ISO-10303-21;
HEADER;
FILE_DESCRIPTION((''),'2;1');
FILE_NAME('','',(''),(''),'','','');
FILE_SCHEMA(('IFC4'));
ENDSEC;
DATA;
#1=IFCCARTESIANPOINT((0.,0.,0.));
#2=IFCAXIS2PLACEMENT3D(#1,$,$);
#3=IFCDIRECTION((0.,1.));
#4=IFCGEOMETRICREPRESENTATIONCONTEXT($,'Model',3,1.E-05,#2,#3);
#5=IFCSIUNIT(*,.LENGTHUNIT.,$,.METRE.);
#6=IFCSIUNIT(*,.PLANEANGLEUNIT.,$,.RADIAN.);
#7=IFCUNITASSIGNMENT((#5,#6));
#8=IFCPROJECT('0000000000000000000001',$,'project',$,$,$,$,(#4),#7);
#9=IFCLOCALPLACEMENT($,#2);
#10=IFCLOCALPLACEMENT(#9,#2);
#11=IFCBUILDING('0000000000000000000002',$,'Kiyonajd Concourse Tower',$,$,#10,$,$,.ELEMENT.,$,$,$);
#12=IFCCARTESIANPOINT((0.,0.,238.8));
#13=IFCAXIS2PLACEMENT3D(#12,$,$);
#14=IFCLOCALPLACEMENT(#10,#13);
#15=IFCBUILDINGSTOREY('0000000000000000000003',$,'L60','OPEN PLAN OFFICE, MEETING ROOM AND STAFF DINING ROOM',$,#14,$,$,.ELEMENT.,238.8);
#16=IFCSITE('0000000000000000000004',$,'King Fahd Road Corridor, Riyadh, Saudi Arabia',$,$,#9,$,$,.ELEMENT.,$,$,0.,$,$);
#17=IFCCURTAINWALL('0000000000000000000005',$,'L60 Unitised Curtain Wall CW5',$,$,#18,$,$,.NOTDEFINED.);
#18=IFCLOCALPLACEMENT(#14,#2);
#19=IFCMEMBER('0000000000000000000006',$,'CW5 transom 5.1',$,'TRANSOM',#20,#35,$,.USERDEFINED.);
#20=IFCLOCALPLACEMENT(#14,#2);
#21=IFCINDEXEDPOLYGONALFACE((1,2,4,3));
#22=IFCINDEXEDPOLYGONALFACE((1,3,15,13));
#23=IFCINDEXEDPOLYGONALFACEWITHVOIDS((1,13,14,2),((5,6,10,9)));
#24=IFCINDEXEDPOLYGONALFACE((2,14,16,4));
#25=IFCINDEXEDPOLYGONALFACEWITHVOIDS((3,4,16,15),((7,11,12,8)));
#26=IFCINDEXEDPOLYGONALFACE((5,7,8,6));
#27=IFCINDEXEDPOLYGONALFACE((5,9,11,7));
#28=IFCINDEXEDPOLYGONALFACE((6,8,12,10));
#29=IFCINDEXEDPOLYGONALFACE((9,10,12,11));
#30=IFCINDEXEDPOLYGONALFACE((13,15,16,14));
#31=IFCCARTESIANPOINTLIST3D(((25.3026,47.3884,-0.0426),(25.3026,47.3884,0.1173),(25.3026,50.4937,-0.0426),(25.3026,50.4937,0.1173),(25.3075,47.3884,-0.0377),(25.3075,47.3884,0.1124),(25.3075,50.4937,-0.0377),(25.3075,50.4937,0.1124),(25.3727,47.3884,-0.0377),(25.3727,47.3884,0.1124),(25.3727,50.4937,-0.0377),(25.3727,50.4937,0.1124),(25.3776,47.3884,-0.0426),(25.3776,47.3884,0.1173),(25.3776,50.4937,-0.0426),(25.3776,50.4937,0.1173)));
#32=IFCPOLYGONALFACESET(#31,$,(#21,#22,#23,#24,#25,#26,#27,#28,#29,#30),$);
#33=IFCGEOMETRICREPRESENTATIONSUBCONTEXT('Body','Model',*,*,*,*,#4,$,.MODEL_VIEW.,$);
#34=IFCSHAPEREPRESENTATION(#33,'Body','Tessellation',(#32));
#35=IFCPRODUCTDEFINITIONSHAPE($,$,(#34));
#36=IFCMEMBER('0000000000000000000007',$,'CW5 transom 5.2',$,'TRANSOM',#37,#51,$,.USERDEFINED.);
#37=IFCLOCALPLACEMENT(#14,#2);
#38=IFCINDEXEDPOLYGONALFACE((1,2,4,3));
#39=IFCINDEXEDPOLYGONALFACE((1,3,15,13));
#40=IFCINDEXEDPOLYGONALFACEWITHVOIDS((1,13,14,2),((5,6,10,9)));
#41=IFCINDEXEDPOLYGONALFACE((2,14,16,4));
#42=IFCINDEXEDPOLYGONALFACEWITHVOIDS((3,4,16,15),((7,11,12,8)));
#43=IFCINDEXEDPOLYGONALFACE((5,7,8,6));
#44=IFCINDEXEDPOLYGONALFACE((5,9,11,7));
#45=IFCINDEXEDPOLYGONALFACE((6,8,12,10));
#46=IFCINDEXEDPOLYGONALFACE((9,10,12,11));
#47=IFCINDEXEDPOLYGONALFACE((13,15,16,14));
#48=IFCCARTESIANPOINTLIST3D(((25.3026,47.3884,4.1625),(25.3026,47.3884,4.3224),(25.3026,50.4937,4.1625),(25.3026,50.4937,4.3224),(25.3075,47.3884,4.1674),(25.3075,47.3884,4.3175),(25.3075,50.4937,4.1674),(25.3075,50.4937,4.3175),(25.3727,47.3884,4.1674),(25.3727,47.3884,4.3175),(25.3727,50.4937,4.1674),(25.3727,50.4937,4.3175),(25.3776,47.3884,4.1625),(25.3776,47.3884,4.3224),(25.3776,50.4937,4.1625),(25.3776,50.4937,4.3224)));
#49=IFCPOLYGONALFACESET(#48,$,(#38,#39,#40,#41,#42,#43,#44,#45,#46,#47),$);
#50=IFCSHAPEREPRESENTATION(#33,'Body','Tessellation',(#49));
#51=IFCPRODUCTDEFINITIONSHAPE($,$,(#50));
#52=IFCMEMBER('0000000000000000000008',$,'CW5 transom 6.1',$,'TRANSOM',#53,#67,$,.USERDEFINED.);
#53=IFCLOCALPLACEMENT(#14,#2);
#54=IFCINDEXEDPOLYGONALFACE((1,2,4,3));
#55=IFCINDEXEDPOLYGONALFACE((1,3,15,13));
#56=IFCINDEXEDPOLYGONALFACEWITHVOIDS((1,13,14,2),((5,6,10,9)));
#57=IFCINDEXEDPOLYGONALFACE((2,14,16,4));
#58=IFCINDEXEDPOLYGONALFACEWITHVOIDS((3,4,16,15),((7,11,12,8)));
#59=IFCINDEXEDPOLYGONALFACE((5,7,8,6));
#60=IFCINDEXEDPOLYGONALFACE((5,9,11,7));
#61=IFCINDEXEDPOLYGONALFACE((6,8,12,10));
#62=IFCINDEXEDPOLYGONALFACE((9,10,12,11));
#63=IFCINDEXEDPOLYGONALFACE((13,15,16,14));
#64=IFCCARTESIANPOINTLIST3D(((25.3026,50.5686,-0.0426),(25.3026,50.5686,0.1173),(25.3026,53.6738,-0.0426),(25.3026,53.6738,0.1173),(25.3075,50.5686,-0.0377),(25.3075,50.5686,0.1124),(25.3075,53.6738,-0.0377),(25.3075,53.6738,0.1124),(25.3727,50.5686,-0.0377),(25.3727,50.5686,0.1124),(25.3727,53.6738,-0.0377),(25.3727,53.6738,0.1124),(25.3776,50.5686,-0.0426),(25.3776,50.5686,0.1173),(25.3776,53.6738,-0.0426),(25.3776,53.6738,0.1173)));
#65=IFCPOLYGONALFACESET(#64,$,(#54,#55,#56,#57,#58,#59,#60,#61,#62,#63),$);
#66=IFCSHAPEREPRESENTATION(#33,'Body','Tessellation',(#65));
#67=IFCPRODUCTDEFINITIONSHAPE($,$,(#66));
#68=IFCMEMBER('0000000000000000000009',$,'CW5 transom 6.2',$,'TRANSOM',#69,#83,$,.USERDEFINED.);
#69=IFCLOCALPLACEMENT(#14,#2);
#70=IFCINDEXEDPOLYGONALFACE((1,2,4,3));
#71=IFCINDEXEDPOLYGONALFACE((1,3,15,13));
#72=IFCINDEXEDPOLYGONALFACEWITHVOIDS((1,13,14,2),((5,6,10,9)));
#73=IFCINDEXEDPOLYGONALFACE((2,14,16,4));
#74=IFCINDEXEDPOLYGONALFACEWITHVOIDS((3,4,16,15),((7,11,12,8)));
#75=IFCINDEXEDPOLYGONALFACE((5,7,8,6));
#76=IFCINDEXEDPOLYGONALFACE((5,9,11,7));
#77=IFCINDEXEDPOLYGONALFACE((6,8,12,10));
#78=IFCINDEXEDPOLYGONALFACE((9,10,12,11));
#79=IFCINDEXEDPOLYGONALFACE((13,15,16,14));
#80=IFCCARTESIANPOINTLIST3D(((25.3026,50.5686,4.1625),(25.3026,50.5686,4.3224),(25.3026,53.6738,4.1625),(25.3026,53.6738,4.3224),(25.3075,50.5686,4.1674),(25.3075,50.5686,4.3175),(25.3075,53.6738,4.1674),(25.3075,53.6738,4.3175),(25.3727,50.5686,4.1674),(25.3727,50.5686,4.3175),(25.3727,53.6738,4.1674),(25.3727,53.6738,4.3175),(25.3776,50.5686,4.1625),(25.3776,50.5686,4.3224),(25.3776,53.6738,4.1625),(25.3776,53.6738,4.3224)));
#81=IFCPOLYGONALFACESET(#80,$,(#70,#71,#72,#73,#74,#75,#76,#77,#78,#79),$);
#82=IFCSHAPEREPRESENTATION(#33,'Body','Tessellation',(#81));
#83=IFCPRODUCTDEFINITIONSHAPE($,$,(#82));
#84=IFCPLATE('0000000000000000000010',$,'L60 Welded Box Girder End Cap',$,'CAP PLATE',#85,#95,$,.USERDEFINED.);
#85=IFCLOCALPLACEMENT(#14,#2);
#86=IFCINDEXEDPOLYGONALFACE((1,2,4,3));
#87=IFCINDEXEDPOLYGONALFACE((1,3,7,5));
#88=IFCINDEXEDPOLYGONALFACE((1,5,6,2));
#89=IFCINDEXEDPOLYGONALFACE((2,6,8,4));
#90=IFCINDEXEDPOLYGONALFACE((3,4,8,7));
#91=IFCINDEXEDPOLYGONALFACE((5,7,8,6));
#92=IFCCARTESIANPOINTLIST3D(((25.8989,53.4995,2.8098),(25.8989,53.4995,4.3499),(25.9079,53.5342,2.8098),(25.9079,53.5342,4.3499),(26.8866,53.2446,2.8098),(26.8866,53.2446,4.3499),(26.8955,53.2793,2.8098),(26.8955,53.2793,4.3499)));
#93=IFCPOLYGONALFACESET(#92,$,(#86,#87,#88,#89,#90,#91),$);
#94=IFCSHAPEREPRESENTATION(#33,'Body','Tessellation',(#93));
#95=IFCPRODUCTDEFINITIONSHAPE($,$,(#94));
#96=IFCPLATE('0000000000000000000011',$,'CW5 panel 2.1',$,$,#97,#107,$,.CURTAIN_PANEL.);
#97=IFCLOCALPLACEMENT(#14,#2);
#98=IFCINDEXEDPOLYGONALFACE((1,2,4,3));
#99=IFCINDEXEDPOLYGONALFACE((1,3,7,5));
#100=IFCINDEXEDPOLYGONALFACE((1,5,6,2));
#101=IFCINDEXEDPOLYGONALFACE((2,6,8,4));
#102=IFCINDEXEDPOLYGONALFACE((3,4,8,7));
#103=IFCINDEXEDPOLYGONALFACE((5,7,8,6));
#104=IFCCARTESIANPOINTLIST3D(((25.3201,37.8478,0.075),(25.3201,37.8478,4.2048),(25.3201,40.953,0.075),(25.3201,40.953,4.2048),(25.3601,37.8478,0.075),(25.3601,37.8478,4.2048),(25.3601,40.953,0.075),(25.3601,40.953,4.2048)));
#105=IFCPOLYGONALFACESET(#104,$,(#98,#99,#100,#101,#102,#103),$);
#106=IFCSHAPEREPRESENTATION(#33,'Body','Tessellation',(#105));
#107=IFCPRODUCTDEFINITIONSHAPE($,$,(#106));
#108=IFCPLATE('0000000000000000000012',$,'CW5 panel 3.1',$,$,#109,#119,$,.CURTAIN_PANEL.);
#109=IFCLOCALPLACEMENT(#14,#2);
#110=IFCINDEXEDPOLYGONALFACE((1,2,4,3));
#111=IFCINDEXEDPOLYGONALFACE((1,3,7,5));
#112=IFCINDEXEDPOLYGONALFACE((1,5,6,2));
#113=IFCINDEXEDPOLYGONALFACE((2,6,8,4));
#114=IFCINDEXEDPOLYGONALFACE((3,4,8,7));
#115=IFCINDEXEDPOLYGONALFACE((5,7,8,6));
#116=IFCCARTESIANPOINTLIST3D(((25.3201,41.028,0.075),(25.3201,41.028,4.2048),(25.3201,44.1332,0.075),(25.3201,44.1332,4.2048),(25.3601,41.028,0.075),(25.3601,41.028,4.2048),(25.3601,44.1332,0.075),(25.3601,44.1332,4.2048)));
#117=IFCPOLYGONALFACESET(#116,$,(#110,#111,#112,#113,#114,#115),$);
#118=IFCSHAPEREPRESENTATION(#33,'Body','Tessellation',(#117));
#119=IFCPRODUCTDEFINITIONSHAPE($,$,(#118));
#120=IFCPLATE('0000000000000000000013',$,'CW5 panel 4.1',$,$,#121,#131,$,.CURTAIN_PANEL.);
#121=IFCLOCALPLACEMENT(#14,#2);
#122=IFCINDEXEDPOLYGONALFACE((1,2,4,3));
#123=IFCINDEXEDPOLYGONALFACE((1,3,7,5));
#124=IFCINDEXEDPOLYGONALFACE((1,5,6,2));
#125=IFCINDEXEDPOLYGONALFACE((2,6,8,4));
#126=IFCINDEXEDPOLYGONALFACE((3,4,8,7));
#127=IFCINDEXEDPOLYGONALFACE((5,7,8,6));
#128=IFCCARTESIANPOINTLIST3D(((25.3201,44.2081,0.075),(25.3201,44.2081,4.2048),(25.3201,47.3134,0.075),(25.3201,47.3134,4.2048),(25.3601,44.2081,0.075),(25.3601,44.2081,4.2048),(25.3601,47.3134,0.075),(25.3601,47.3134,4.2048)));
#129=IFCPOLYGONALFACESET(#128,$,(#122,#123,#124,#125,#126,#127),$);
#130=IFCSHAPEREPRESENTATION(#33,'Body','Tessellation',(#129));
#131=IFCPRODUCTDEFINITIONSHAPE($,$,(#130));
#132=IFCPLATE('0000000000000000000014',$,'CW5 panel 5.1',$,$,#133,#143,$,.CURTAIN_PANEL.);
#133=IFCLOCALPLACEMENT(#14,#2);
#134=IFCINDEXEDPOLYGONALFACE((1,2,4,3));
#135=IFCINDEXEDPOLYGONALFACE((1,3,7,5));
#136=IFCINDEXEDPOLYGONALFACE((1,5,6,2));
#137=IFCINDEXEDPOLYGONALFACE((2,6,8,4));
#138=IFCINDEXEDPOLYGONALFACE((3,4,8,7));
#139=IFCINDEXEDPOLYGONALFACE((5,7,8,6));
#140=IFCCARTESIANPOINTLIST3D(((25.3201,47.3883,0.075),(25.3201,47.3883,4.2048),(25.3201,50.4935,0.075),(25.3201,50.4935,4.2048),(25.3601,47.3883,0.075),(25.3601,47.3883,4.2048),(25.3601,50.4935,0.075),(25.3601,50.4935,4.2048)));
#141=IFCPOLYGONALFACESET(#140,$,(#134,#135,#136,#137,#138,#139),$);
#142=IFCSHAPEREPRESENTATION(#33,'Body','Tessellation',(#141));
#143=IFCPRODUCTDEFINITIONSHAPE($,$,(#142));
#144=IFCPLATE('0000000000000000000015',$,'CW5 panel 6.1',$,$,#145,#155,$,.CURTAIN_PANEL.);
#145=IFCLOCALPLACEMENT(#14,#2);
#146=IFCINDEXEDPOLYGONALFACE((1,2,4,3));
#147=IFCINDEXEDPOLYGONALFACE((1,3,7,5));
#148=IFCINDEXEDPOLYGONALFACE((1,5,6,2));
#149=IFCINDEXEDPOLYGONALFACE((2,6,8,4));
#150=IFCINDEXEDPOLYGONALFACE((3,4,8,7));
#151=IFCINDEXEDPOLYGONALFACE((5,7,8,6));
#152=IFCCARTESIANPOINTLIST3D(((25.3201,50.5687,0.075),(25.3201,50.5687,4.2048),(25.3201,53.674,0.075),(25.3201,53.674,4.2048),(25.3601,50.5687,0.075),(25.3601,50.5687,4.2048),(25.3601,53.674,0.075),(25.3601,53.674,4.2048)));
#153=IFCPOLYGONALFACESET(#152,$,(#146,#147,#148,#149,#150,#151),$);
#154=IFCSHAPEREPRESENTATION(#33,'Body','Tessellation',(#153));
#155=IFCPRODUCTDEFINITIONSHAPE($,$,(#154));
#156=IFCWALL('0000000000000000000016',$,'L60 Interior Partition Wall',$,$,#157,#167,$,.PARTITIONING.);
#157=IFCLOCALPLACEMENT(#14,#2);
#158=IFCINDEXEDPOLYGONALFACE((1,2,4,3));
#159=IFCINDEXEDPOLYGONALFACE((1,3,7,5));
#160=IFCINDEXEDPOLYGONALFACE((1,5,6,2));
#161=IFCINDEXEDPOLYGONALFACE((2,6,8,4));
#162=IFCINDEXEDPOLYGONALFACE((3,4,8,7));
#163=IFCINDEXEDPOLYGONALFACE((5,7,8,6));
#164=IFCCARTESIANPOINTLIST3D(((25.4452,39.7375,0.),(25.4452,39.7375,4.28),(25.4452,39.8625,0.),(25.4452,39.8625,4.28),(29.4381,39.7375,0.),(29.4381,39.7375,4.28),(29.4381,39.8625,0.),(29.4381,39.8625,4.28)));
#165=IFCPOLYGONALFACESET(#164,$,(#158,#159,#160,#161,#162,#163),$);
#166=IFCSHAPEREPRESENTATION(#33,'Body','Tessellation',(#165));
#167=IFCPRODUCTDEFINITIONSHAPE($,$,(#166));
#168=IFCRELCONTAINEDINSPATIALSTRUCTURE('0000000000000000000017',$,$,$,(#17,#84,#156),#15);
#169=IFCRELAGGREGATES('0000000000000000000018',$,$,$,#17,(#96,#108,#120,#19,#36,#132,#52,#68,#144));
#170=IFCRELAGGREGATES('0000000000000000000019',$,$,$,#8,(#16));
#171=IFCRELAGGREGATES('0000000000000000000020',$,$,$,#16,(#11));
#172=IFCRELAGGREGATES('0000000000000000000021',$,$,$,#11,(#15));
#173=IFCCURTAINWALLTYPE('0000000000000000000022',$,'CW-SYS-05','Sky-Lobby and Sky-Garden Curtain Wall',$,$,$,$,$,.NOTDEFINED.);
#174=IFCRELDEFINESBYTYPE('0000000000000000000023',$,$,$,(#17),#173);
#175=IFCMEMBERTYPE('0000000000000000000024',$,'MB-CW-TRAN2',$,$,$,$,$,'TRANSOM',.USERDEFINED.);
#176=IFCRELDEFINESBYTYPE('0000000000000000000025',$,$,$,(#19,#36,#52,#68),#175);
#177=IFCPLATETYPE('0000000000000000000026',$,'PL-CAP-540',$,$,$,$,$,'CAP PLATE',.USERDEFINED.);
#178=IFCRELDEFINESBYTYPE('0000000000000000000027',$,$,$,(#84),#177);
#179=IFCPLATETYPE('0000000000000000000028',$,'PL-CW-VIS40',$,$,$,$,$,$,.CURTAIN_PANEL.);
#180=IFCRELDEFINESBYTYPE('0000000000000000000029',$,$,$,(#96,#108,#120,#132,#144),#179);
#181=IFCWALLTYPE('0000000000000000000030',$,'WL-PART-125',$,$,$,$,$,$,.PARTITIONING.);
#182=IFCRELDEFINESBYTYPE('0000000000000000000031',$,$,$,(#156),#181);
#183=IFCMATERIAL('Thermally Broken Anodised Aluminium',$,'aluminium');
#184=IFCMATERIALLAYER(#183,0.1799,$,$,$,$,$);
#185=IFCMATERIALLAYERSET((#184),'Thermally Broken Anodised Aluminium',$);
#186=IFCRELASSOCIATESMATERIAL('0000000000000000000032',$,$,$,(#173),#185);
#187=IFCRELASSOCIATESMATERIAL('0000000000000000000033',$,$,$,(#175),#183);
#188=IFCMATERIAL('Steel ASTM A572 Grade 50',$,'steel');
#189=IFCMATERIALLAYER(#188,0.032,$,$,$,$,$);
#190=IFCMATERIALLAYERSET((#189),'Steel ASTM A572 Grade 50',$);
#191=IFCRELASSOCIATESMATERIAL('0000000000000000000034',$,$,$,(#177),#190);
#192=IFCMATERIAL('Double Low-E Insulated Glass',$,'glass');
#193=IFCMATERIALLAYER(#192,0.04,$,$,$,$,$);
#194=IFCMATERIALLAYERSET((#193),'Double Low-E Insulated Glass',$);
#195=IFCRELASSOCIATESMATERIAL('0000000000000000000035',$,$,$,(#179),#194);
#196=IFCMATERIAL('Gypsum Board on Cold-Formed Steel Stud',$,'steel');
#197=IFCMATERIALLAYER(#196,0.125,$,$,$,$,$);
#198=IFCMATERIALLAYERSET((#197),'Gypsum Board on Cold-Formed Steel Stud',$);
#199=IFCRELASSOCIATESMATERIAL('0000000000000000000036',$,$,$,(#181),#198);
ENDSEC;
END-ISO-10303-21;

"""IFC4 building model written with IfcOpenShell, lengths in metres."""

from ifc_helpers import new_model, si_unit, direction, frame, frame_2d, origin, origin_2d, place, context, subcontext, project, spatial, rectangle, hollow_rectangle, extrude, material, layer, layer_set, material_profile, profile_set, type_object, element, aggregate, save


model = new_model("IFC4")

# Units and contexts
model_context = context("Model", 3, precision=1e-05, world=origin(), true_north=direction((0.0, 1.0)))
body_context = subcontext(model_context, "Body", "Model", "MODEL_VIEW")
ifc_project = project(units=[si_unit("LENGTHUNIT", "METRE"), si_unit("PLANEANGLEUNIT", "RADIAN")], contexts=[model_context])

# Site, building, storey
site_placement = place(None, origin())
site = spatial("IfcSite", under=ifc_project, at=site_placement, Name="King Fahd Road Corridor, Riyadh, Saudi Arabia", CompositionType="ELEMENT", RefElevation=0.0)
building_placement = place(site_placement, origin())
building = spatial("IfcBuilding", under=site, at=building_placement, Name="Kiyonajd Concourse Tower", CompositionType="ELEMENT")
storey_placement = place(building_placement, frame((0.0, 0.0, 238.8)))
storey = spatial("IfcBuildingStorey", under=building, at=storey_placement, Name="L60", Description="OPEN PLAN OFFICE, MEETING ROOM AND STAFF DINING ROOM", CompositionType="ELEMENT", Elevation=238.8)

# Curtain wall, members
ifc_material_1 = material(Name="Thermally Broken Anodised Aluminium", Category="aluminium")
ifc_layer_1 = layer(ifc_material_1, 0.1799)
ifc_layer_set_1 = layer_set([ifc_layer_1], Name="Thermally Broken Anodised Aluminium")
curtain_wall_type = type_object("IfcCurtainWallType", Name="CW-SYS-05", Description="Sky-Lobby and Sky-Garden Curtain Wall", PredefinedType="NOTDEFINED", material=ifc_layer_set_1)
curtain_wall_placement = place(storey_placement, origin())
curtain_wall = element("IfcCurtainWall", 1, at=curtain_wall_placement, inside=storey, type_object=curtain_wall_type, Name="L60 Unitised Curtain Wall CW5", PredefinedType="NOTDEFINED")
ifc_material_profile_1 = material_profile(ifc_material_1, hollow_rectangle(XDim=0.075, YDim=0.1599, WallThickness=0.0049, at=origin_2d()), Name="TRAN-75x160")
ifc_profile_set_1 = profile_set([ifc_material_profile_1], Name="Thermally Broken Anodised Aluminium")
member_type_1 = type_object("IfcMemberType", Name="MB-CW-TRAN2", ElementType="TRANSOM", PredefinedType="USERDEFINED", material=ifc_profile_set_1)
member_1_placement = place(storey_placement, frame((25.3401, 47.3884, 0.0374), z_axis=(0.0, 1.0, 0.0), x_axis=(-1.0, 0.0, 0.0)))
member_1 = element("IfcMember", 2, at=member_1_placement, type_object=member_type_1, Name="CW5 transom 5.1", ObjectType="TRANSOM", PredefinedType="USERDEFINED", context=body_context, shape_type="SweptSolid", body=[
    extrude(hollow_rectangle(XDim=0.075, YDim=0.1599, WallThickness=0.0049, at=origin_2d()), origin(), (0.0, 0.0, 1.0), 3.1052),
])
member_2_placement = place(storey_placement, frame((25.3401, 47.3884, 4.2424), z_axis=(0.0, 1.0, 0.0), x_axis=(-1.0, 0.0, 0.0)))
member_2 = element("IfcMember", 3, at=member_2_placement, type_object=member_type_1, Name="CW5 transom 5.2", ObjectType="TRANSOM", PredefinedType="USERDEFINED", context=body_context, shape_type="SweptSolid", body=[
    extrude(hollow_rectangle(XDim=0.075, YDim=0.1599, WallThickness=0.0049, at=origin_2d()), origin(), (0.0, 0.0, 1.0), 3.1052),
])
member_3_placement = place(storey_placement, frame((25.3401, 50.5686, 0.0374), z_axis=(0.0, 1.0, 0.0), x_axis=(-1.0, 0.0, 0.0)))
member_3 = element("IfcMember", 4, at=member_3_placement, type_object=member_type_1, Name="CW5 transom 6.1", ObjectType="TRANSOM", PredefinedType="USERDEFINED", context=body_context, shape_type="SweptSolid", body=[
    extrude(hollow_rectangle(XDim=0.075, YDim=0.1599, WallThickness=0.0049, at=origin_2d()), origin(), (0.0, 0.0, 1.0), 3.1052),
])
member_4_placement = place(storey_placement, frame((25.3401, 50.5686, 4.2424), z_axis=(0.0, 1.0, 0.0), x_axis=(-1.0, 0.0, 0.0)))
member_4 = element("IfcMember", 5, at=member_4_placement, type_object=member_type_1, Name="CW5 transom 6.2", ObjectType="TRANSOM", PredefinedType="USERDEFINED", context=body_context, shape_type="SweptSolid", body=[
    extrude(hollow_rectangle(XDim=0.075, YDim=0.1599, WallThickness=0.0049, at=origin_2d()), origin(), (0.0, 0.0, 1.0), 3.1052),
])

# Plates
ifc_material_2 = material(Name="Steel ASTM A572 Grade 50", Category="steel")
ifc_layer_2 = layer(ifc_material_2, 0.032)
ifc_layer_set_2 = layer_set([ifc_layer_2], Name="Steel ASTM A572 Grade 50")
plate_type_1 = type_object("IfcPlateType", Name="PL-CAP-540", ElementType="CAP PLATE", PredefinedType="USERDEFINED", material=ifc_layer_set_2)
plate_1_placement = place(storey_placement, frame((26.3972, 53.3894, 2.8098), z_axis=(0.0, 0.0, 1.0), x_axis=(-0.249873, -0.968279, 0.0)))
element("IfcPlate", 6, at=plate_1_placement, inside=storey, type_object=plate_type_1, Name="L60 Welded Box Girder End Cap", ObjectType="CAP PLATE", PredefinedType="USERDEFINED", context=body_context, shape_type="SweptSolid", body=[
    extrude(rectangle(XDim=0.0359, YDim=1.02, at=origin_2d()), origin(), (0.0, 0.0, 1.0), 1.54),
])
ifc_material_3 = material(Name="Double Low-E Insulated Glass", Category="glass")
ifc_layer_3 = layer(ifc_material_3, 0.04)
ifc_layer_set_3 = layer_set([ifc_layer_3], Name="Double Low-E Insulated Glass")
plate_type_2 = type_object("IfcPlateType", Name="PL-CW-VIS40", PredefinedType="CURTAIN_PANEL", material=ifc_layer_set_3)
plate_2_placement = place(storey_placement, frame((25.3401, 39.4004, 0.075), z_axis=(0.0, 0.0, 1.0), x_axis=(0.0, 1.0, 0.0)))
plate_2 = element("IfcPlate", 7, at=plate_2_placement, type_object=plate_type_2, Name="CW5 panel 2.1", PredefinedType="CURTAIN_PANEL", context=body_context, shape_type="SweptSolid", body=[
    extrude(rectangle(XDim=3.1052, YDim=0.04, at=origin_2d()), origin(), (0.0, 0.0, 1.0), 4.1299),
])
plate_3_placement = place(storey_placement, frame((25.3401, 42.5806, 0.075), z_axis=(0.0, 0.0, 1.0), x_axis=(0.0, 1.0, 0.0)))
plate_3 = element("IfcPlate", 8, at=plate_3_placement, type_object=plate_type_2, Name="CW5 panel 3.1", PredefinedType="CURTAIN_PANEL", context=body_context, shape_type="SweptSolid", body=[
    extrude(rectangle(XDim=3.1052, YDim=0.04, at=origin_2d()), origin(), (0.0, 0.0, 1.0), 4.1299),
])
plate_4_placement = place(storey_placement, frame((25.3401, 45.7607, 0.075), z_axis=(0.0, 0.0, 1.0), x_axis=(0.0, 1.0, 0.0)))
plate_4 = element("IfcPlate", 9, at=plate_4_placement, type_object=plate_type_2, Name="CW5 panel 4.1", PredefinedType="CURTAIN_PANEL", context=body_context, shape_type="SweptSolid", body=[
    extrude(rectangle(XDim=3.1052, YDim=0.04, at=origin_2d()), origin(), (0.0, 0.0, 1.0), 4.1299),
])
plate_5_placement = place(storey_placement, frame((25.3401, 48.9409, 0.075), z_axis=(0.0, 0.0, 1.0), x_axis=(0.0, 1.0, 0.0)))
plate_5 = element("IfcPlate", 10, at=plate_5_placement, type_object=plate_type_2, Name="CW5 panel 5.1", PredefinedType="CURTAIN_PANEL", context=body_context, shape_type="SweptSolid", body=[
    extrude(rectangle(XDim=3.1052, YDim=0.04, at=origin_2d()), origin(), (0.0, 0.0, 1.0), 4.1299),
])
plate_6_placement = place(storey_placement, frame((25.3401, 52.1213, 0.075), z_axis=(0.0, 0.0, 1.0), x_axis=(0.0, 1.0, 0.0)))
plate_6 = element("IfcPlate", 11, at=plate_6_placement, type_object=plate_type_2, Name="CW5 panel 6.1", PredefinedType="CURTAIN_PANEL", context=body_context, shape_type="SweptSolid", body=[
    extrude(rectangle(XDim=3.1052, YDim=0.04, at=origin_2d()), origin(), (0.0, 0.0, 1.0), 4.1299),
])
aggregate(curtain_wall, [plate_2, plate_3, plate_4, member_1, member_2, plate_5, member_3, member_4, plate_6])

# Wall
ifc_material_4 = material(Name="Gypsum Board on Cold-Formed Steel Stud", Category="steel")
ifc_layer_4 = layer(ifc_material_4, 0.125)
ifc_layer_set_4 = layer_set([ifc_layer_4], Name="Gypsum Board on Cold-Formed Steel Stud")
wall_type = type_object("IfcWallType", Name="WL-PART-125", PredefinedType="PARTITIONING", material=ifc_layer_set_4)
wall_placement = place(storey_placement, frame((25.4451, 39.8, 0.0), z_axis=(0.0, 0.0, 1.0), x_axis=(1.0, 0.0, 0.0)))
element("IfcWall", 12, at=wall_placement, inside=storey, type_object=wall_type, Name="L60 Interior Partition Wall", PredefinedType="PARTITIONING", context=body_context, shape_type="SweptSolid", body=[
    extrude(rectangle(XDim=3.9929, YDim=0.125, at=frame_2d((1.9966, 0.0))), origin(), (0.0, 0.0, 1.0), 4.28),
])

save(model, "model.ifc")
